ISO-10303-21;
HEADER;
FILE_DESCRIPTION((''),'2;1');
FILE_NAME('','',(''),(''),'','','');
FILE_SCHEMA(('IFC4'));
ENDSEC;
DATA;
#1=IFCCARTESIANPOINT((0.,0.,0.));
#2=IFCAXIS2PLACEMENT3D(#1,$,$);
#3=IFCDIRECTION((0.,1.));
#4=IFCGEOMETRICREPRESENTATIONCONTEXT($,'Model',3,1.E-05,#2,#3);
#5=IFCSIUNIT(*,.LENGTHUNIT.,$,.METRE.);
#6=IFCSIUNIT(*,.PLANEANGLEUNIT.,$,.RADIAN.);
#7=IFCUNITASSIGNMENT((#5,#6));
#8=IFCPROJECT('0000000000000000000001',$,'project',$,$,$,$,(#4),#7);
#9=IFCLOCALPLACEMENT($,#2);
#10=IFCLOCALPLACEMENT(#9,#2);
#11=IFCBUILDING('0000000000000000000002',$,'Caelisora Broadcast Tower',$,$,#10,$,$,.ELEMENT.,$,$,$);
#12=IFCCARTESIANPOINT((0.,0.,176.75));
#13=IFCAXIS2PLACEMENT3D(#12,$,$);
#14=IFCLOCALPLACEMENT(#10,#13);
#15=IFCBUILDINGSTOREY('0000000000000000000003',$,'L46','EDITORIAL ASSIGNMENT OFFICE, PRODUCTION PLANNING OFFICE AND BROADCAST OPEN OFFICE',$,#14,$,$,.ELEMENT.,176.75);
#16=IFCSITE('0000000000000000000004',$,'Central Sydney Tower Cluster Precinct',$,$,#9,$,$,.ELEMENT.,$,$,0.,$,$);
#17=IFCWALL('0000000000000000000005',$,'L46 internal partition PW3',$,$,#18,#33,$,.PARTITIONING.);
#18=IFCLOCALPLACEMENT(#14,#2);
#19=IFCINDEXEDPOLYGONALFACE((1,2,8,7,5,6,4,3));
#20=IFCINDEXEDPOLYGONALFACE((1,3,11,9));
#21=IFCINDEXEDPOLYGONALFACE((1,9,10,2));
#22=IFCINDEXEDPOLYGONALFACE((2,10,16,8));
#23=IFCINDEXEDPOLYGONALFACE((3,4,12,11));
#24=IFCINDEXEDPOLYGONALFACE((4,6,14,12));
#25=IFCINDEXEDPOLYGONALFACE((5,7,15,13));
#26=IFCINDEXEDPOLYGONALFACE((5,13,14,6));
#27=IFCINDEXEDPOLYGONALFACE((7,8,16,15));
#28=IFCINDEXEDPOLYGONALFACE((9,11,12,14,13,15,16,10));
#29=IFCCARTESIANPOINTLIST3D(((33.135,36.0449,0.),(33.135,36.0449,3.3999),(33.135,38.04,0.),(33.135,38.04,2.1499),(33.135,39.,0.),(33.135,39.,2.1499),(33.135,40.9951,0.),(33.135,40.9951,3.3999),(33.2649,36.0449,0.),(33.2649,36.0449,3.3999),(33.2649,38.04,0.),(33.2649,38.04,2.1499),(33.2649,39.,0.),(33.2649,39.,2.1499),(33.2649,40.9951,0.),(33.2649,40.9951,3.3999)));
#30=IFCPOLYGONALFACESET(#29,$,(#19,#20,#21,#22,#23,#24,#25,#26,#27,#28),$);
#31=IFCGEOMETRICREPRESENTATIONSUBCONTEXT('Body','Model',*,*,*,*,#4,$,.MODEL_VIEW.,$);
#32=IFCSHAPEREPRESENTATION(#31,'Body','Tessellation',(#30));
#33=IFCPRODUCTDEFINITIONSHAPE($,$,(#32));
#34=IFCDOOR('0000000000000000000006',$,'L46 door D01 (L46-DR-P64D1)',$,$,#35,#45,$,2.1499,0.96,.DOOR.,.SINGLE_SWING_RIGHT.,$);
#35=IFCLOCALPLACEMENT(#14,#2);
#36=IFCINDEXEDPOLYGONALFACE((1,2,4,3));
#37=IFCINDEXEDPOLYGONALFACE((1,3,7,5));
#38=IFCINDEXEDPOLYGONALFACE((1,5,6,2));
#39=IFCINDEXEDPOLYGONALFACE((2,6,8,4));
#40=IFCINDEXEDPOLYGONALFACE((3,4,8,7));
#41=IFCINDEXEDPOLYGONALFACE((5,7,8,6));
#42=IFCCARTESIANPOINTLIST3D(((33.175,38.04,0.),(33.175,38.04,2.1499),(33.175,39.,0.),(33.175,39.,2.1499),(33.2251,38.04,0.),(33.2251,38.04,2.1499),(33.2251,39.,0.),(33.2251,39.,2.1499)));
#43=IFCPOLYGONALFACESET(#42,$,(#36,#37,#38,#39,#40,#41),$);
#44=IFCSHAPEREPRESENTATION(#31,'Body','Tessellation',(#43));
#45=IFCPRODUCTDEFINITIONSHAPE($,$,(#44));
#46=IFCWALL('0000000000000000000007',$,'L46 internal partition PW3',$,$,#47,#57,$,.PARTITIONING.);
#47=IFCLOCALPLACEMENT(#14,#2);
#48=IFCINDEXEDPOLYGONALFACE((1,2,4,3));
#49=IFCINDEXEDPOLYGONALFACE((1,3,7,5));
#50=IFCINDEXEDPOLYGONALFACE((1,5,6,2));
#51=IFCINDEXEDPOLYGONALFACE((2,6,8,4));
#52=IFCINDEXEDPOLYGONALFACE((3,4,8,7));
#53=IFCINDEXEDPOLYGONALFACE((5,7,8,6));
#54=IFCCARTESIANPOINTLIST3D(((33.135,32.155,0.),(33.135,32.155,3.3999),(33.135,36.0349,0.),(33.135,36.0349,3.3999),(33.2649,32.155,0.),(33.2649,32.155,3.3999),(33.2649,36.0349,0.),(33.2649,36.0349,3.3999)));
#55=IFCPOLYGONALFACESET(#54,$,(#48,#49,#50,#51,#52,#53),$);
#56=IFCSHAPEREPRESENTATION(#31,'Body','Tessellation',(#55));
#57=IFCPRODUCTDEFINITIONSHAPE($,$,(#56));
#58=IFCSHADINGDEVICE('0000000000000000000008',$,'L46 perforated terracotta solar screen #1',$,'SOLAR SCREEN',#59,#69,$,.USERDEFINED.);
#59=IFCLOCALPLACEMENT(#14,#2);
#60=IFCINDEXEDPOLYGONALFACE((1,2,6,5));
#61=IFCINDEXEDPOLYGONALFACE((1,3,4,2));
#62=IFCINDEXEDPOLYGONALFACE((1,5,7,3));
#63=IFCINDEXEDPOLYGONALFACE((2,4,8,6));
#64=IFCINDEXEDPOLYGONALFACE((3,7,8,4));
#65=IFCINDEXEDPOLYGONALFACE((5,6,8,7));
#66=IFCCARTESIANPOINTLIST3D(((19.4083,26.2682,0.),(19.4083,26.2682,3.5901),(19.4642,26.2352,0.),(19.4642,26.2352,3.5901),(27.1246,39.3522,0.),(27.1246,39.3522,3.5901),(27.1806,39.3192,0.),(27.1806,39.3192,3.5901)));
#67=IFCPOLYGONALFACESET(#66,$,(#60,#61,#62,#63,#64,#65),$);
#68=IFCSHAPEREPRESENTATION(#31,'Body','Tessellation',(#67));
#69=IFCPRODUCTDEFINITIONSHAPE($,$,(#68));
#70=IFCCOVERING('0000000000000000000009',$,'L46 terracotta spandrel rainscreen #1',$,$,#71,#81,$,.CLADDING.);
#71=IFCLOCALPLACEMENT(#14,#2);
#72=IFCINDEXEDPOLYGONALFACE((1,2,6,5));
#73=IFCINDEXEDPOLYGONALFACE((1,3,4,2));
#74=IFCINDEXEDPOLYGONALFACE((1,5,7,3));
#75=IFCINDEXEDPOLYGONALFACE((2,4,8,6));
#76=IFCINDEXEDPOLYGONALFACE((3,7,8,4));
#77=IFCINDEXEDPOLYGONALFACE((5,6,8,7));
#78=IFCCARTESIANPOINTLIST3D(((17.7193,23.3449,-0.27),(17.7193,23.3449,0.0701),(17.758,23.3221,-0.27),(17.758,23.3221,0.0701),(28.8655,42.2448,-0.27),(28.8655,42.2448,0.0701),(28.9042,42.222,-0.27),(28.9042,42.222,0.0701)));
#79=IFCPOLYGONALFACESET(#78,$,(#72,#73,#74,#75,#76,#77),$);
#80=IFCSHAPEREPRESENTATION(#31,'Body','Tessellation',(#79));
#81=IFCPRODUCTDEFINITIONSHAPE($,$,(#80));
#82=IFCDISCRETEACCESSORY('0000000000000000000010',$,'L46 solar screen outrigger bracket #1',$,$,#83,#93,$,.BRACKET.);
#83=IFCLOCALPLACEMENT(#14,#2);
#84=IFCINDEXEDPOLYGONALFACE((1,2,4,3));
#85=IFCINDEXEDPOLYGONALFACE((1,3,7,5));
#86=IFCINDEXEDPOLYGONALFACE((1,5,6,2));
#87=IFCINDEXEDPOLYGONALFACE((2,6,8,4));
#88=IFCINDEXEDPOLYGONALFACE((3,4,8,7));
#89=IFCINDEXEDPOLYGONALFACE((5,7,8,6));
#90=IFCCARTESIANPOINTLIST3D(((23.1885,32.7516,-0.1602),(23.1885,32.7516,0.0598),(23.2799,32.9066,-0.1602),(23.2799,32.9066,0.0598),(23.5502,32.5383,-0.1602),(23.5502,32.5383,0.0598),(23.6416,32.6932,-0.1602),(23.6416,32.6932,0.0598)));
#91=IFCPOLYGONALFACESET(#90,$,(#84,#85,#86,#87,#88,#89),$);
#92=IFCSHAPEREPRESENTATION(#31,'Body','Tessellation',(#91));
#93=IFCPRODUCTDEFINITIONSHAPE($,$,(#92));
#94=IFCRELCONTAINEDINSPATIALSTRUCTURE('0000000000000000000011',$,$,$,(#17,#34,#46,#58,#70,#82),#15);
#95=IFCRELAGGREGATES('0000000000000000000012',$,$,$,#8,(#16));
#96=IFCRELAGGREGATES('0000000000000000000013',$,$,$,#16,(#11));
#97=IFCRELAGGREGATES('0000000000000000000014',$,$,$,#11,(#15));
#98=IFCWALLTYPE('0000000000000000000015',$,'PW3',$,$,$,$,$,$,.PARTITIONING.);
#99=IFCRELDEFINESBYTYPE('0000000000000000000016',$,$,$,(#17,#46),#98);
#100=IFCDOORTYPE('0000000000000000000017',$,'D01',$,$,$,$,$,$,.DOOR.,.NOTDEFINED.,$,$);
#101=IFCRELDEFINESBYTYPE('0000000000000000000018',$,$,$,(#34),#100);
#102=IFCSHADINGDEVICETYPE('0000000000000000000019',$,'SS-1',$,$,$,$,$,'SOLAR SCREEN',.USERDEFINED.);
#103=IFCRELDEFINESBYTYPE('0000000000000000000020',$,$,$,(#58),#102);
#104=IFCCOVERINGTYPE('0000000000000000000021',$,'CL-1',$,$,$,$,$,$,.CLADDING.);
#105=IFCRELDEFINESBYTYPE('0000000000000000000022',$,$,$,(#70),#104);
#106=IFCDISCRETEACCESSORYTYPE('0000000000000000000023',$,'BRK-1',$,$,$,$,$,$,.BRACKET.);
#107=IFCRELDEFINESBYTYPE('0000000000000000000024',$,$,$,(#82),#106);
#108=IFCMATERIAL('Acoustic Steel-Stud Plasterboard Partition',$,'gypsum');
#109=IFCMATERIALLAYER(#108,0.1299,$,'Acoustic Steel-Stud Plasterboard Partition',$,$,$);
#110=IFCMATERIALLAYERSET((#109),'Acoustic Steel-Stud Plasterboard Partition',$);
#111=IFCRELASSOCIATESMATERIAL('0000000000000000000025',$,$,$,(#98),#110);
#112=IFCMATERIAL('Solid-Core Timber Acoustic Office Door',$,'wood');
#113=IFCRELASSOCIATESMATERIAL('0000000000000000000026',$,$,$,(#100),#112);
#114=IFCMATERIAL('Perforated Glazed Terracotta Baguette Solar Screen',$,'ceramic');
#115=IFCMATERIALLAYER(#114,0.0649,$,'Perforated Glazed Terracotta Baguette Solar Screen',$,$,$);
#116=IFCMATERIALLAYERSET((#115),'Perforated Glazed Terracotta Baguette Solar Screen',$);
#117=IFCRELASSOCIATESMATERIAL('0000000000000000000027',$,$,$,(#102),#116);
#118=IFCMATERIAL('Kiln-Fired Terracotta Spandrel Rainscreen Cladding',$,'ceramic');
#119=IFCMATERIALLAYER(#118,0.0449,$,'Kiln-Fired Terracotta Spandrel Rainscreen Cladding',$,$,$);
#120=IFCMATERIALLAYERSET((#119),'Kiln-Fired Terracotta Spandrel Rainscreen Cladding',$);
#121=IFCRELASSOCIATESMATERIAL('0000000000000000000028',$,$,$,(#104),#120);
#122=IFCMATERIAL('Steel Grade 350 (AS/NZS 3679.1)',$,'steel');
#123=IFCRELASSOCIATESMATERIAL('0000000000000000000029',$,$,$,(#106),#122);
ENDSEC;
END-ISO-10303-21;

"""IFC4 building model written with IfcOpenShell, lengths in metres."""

from ifc_helpers import new_model, si_unit, direction, frame, frame_2d, origin, origin_2d, place, context, subcontext, project, spatial, rectangle, extrude, source, transform, mapped, material, layer, layer_set, type_object, type_shapes, element, fill, save


model = new_model("IFC4")

# Units and contexts
model_context = context("Model", 3, precision=1e-05, world=origin(), true_north=direction((0.0, 1.0)))
body_context = subcontext(model_context, "Body", "Model", "MODEL_VIEW")
ifc_project = project(units=[si_unit("LENGTHUNIT", "METRE"), si_unit("PLANEANGLEUNIT", "RADIAN")], contexts=[model_context])

# Site, building, storey
site_placement = place(None, origin())
site = spatial("IfcSite", under=ifc_project, at=site_placement, Name="Central Sydney Tower Cluster Precinct", CompositionType="ELEMENT", RefElevation=0.0)
building_placement = place(site_placement, origin())
building = spatial("IfcBuilding", under=site, at=building_placement, Name="Caelisora Broadcast Tower", CompositionType="ELEMENT")
storey_placement = place(building_placement, frame((0.0, 0.0, 176.75)))
storey = spatial("IfcBuildingStorey", under=building, at=storey_placement, Name="L46", Description="EDITORIAL ASSIGNMENT OFFICE, PRODUCTION PLANNING OFFICE AND BROADCAST OPEN OFFICE", CompositionType="ELEMENT", Elevation=176.75)

# Shared definitions
ifc_material_1 = material(Name="Steel Grade 350 (AS/NZS 3679.1)", Category="steel")

# Shared definitions
ifc_material_2 = material(Name="Acoustic Steel-Stud Plasterboard Partition", Category="gypsum")
ifc_layer_1 = layer(ifc_material_2, 0.1299, Name="Acoustic Steel-Stud Plasterboard Partition")
ifc_layer_set_1 = layer_set([ifc_layer_1], Name="Acoustic Steel-Stud Plasterboard Partition")
wall_type = type_object("IfcWallType", Name="PW3", PredefinedType="PARTITIONING", material=ifc_layer_set_1)
ifc_material_3 = material(Name="Solid-Core Timber Acoustic Office Door", Category="wood")
door_type = type_object("IfcDoorType", Name="D01", OperationType="NOTDEFINED", PredefinedType="DOOR", material=ifc_material_3)

# Wall, opening, door
wall_1_placement = place(storey_placement, frame((33.2, 36.0449, 0.0), z_axis=(0.0, 0.0, 1.0), x_axis=(0.0, 1.0, 0.0)))
wall_1 = element("IfcWall", 1, at=wall_1_placement, inside=storey, type_object=wall_type, Name="L46 internal partition PW3", PredefinedType="PARTITIONING", context=body_context, shape_type="SweptSolid", body=[
    extrude(rectangle(XDim=4.9502, YDim=0.1299, at=frame_2d((2.4751, 0.0))), origin(), (0.0, 0.0, 1.0), 3.3999),
])
opening_1_placement = place(wall_1_placement, frame((1.9951, 0.0, 0.0)))
opening_1 = element("IfcOpeningElement", 2, at=opening_1_placement, cuts=wall_1, PredefinedType="OPENING", context=body_context, shape_type="SweptSolid", body=[
    extrude(rectangle(XDim=0.96, YDim=2.1499, at=frame_2d((0.48, 1.075))), frame((0.0, 0.0769, 0.0), z_axis=(0.0, -1.0, 0.0), x_axis=(1.0, 0.0, 0.0)), (0.0, 0.0, 1.0), 0.1538),
])
door_1_placement = place(opening_1_placement, origin())
door_1 = element("IfcDoor", 3, at=door_1_placement, inside=storey, type_object=door_type, Name="L46 door D01 (L46-DR-P64D1)", OperationType="SINGLE_SWING_RIGHT", OverallHeight=2.1499, OverallWidth=0.96, PredefinedType="DOOR", context=body_context, shape_type="SweptSolid", body=[
    extrude(rectangle(XDim=0.96, YDim=2.1499, at=frame_2d((0.48, 1.075))), frame((0.0, 0.0249, 0.0), z_axis=(0.0, -1.0, 0.0), x_axis=(1.0, 0.0, 0.0)), (0.0, 0.0, 1.0), 0.05),
])
fill(opening_1, door_1)

# Wall
wall_2_placement = place(storey_placement, frame((33.2, 32.155, 0.0), z_axis=(0.0, 0.0, 1.0), x_axis=(0.0, 1.0, 0.0)))
element("IfcWall", 4, at=wall_2_placement, inside=storey, type_object=wall_type, Name="L46 internal partition PW3", PredefinedType="PARTITIONING", context=body_context, shape_type="SweptSolid", body=[
    extrude(rectangle(XDim=3.8799, YDim=0.1299, at=frame_2d((1.9399, 0.0))), origin(), (0.0, 0.0, 1.0), 3.3999),
])

# Shading device
ifc_material_4 = material(Name="Perforated Glazed Terracotta Baguette Solar Screen", Category="ceramic")
ifc_layer_2 = layer(ifc_material_4, 0.0649, Name="Perforated Glazed Terracotta Baguette Solar Screen")
ifc_layer_set_2 = layer_set([ifc_layer_2], Name="Perforated Glazed Terracotta Baguette Solar Screen")
shading_device_type = type_object("IfcShadingDeviceType", Name="SS-1", ElementType="SOLAR SCREEN", PredefinedType="USERDEFINED", material=ifc_layer_set_2)
shared_shape_1 = source(origin(), body_context, "Body", "SweptSolid", [
    extrude(rectangle(XDim=15.1899, YDim=0.0649, at=origin_2d()), origin(), (0.0, 0.0, 1.0), 3.5901),
])
type_shapes(shading_device_type, [shared_shape_1])
shading_device_placement = place(storey_placement, frame((23.2944, 32.7937, 0.0), z_axis=(0.0, 0.0, 1.0), x_axis=(-0.507989, -0.861363, 0.0)))
element("IfcShadingDevice", 5, at=shading_device_placement, inside=storey, type_object=shading_device_type, Name="L46 perforated terracotta solar screen #1", ObjectType="SOLAR SCREEN", PredefinedType="USERDEFINED", context=body_context, shape_type="MappedRepresentation", body=[
    mapped(shared_shape_1, transform((0.0, 0.0, 0.0), scale=1.0)),
])

# Covering
ifc_material_5 = material(Name="Kiln-Fired Terracotta Spandrel Rainscreen Cladding", Category="ceramic")
ifc_layer_3 = layer(ifc_material_5, 0.0449, Name="Kiln-Fired Terracotta Spandrel Rainscreen Cladding")
ifc_layer_set_3 = layer_set([ifc_layer_3], Name="Kiln-Fired Terracotta Spandrel Rainscreen Cladding")
covering_type = type_object("IfcCoveringType", Name="CL-1", PredefinedType="CLADDING", material=ifc_layer_set_3)
shared_shape_2 = source(origin(), body_context, "Body", "SweptSolid", [
    extrude(rectangle(XDim=21.9419, YDim=0.0449, at=origin_2d()), origin(), (0.0, 0.0, 1.0), 0.3401),
])
type_shapes(covering_type, [shared_shape_2])
covering_placement = place(storey_placement, frame((23.3118, 32.7834, -0.27), z_axis=(0.0, 0.0, 1.0), x_axis=(-0.507989, -0.861363, 0.0)))
element("IfcCovering", 6, at=covering_placement, inside=storey, type_object=covering_type, Name="L46 terracotta spandrel rainscreen #1", PredefinedType="CLADDING", context=body_context, shape_type="MappedRepresentation", body=[
    mapped(shared_shape_2, transform((0.0, 0.0, 0.0), scale=1.0)),
])

# Discrete accessory
discrete_accessory_type = type_object("IfcDiscreteAccessoryType", Name="BRK-1", PredefinedType="BRACKET", material=ifc_material_1)
shared_shape_3 = source(origin(), body_context, "Body", "SweptSolid", [
    extrude(rectangle(XDim=0.1799, YDim=0.4199, at=origin_2d()), origin(), (0.0, 0.0, 1.0), 0.22),
])
type_shapes(discrete_accessory_type, [shared_shape_3])
discrete_accessory_placement = place(storey_placement, frame((23.415, 32.7224, -0.1602), z_axis=(0.0, 0.0, 1.0), x_axis=(-0.507989, -0.861363, 0.0)))
element("IfcDiscreteAccessory", 7, at=discrete_accessory_placement, inside=storey, type_object=discrete_accessory_type, Name="L46 solar screen outrigger bracket #1", PredefinedType="BRACKET", context=body_context, shape_type="MappedRepresentation", body=[
    mapped(shared_shape_3, transform((0.0, 0.0, 0.0), scale=1.0)),
])

save(model, "model.ifc")
